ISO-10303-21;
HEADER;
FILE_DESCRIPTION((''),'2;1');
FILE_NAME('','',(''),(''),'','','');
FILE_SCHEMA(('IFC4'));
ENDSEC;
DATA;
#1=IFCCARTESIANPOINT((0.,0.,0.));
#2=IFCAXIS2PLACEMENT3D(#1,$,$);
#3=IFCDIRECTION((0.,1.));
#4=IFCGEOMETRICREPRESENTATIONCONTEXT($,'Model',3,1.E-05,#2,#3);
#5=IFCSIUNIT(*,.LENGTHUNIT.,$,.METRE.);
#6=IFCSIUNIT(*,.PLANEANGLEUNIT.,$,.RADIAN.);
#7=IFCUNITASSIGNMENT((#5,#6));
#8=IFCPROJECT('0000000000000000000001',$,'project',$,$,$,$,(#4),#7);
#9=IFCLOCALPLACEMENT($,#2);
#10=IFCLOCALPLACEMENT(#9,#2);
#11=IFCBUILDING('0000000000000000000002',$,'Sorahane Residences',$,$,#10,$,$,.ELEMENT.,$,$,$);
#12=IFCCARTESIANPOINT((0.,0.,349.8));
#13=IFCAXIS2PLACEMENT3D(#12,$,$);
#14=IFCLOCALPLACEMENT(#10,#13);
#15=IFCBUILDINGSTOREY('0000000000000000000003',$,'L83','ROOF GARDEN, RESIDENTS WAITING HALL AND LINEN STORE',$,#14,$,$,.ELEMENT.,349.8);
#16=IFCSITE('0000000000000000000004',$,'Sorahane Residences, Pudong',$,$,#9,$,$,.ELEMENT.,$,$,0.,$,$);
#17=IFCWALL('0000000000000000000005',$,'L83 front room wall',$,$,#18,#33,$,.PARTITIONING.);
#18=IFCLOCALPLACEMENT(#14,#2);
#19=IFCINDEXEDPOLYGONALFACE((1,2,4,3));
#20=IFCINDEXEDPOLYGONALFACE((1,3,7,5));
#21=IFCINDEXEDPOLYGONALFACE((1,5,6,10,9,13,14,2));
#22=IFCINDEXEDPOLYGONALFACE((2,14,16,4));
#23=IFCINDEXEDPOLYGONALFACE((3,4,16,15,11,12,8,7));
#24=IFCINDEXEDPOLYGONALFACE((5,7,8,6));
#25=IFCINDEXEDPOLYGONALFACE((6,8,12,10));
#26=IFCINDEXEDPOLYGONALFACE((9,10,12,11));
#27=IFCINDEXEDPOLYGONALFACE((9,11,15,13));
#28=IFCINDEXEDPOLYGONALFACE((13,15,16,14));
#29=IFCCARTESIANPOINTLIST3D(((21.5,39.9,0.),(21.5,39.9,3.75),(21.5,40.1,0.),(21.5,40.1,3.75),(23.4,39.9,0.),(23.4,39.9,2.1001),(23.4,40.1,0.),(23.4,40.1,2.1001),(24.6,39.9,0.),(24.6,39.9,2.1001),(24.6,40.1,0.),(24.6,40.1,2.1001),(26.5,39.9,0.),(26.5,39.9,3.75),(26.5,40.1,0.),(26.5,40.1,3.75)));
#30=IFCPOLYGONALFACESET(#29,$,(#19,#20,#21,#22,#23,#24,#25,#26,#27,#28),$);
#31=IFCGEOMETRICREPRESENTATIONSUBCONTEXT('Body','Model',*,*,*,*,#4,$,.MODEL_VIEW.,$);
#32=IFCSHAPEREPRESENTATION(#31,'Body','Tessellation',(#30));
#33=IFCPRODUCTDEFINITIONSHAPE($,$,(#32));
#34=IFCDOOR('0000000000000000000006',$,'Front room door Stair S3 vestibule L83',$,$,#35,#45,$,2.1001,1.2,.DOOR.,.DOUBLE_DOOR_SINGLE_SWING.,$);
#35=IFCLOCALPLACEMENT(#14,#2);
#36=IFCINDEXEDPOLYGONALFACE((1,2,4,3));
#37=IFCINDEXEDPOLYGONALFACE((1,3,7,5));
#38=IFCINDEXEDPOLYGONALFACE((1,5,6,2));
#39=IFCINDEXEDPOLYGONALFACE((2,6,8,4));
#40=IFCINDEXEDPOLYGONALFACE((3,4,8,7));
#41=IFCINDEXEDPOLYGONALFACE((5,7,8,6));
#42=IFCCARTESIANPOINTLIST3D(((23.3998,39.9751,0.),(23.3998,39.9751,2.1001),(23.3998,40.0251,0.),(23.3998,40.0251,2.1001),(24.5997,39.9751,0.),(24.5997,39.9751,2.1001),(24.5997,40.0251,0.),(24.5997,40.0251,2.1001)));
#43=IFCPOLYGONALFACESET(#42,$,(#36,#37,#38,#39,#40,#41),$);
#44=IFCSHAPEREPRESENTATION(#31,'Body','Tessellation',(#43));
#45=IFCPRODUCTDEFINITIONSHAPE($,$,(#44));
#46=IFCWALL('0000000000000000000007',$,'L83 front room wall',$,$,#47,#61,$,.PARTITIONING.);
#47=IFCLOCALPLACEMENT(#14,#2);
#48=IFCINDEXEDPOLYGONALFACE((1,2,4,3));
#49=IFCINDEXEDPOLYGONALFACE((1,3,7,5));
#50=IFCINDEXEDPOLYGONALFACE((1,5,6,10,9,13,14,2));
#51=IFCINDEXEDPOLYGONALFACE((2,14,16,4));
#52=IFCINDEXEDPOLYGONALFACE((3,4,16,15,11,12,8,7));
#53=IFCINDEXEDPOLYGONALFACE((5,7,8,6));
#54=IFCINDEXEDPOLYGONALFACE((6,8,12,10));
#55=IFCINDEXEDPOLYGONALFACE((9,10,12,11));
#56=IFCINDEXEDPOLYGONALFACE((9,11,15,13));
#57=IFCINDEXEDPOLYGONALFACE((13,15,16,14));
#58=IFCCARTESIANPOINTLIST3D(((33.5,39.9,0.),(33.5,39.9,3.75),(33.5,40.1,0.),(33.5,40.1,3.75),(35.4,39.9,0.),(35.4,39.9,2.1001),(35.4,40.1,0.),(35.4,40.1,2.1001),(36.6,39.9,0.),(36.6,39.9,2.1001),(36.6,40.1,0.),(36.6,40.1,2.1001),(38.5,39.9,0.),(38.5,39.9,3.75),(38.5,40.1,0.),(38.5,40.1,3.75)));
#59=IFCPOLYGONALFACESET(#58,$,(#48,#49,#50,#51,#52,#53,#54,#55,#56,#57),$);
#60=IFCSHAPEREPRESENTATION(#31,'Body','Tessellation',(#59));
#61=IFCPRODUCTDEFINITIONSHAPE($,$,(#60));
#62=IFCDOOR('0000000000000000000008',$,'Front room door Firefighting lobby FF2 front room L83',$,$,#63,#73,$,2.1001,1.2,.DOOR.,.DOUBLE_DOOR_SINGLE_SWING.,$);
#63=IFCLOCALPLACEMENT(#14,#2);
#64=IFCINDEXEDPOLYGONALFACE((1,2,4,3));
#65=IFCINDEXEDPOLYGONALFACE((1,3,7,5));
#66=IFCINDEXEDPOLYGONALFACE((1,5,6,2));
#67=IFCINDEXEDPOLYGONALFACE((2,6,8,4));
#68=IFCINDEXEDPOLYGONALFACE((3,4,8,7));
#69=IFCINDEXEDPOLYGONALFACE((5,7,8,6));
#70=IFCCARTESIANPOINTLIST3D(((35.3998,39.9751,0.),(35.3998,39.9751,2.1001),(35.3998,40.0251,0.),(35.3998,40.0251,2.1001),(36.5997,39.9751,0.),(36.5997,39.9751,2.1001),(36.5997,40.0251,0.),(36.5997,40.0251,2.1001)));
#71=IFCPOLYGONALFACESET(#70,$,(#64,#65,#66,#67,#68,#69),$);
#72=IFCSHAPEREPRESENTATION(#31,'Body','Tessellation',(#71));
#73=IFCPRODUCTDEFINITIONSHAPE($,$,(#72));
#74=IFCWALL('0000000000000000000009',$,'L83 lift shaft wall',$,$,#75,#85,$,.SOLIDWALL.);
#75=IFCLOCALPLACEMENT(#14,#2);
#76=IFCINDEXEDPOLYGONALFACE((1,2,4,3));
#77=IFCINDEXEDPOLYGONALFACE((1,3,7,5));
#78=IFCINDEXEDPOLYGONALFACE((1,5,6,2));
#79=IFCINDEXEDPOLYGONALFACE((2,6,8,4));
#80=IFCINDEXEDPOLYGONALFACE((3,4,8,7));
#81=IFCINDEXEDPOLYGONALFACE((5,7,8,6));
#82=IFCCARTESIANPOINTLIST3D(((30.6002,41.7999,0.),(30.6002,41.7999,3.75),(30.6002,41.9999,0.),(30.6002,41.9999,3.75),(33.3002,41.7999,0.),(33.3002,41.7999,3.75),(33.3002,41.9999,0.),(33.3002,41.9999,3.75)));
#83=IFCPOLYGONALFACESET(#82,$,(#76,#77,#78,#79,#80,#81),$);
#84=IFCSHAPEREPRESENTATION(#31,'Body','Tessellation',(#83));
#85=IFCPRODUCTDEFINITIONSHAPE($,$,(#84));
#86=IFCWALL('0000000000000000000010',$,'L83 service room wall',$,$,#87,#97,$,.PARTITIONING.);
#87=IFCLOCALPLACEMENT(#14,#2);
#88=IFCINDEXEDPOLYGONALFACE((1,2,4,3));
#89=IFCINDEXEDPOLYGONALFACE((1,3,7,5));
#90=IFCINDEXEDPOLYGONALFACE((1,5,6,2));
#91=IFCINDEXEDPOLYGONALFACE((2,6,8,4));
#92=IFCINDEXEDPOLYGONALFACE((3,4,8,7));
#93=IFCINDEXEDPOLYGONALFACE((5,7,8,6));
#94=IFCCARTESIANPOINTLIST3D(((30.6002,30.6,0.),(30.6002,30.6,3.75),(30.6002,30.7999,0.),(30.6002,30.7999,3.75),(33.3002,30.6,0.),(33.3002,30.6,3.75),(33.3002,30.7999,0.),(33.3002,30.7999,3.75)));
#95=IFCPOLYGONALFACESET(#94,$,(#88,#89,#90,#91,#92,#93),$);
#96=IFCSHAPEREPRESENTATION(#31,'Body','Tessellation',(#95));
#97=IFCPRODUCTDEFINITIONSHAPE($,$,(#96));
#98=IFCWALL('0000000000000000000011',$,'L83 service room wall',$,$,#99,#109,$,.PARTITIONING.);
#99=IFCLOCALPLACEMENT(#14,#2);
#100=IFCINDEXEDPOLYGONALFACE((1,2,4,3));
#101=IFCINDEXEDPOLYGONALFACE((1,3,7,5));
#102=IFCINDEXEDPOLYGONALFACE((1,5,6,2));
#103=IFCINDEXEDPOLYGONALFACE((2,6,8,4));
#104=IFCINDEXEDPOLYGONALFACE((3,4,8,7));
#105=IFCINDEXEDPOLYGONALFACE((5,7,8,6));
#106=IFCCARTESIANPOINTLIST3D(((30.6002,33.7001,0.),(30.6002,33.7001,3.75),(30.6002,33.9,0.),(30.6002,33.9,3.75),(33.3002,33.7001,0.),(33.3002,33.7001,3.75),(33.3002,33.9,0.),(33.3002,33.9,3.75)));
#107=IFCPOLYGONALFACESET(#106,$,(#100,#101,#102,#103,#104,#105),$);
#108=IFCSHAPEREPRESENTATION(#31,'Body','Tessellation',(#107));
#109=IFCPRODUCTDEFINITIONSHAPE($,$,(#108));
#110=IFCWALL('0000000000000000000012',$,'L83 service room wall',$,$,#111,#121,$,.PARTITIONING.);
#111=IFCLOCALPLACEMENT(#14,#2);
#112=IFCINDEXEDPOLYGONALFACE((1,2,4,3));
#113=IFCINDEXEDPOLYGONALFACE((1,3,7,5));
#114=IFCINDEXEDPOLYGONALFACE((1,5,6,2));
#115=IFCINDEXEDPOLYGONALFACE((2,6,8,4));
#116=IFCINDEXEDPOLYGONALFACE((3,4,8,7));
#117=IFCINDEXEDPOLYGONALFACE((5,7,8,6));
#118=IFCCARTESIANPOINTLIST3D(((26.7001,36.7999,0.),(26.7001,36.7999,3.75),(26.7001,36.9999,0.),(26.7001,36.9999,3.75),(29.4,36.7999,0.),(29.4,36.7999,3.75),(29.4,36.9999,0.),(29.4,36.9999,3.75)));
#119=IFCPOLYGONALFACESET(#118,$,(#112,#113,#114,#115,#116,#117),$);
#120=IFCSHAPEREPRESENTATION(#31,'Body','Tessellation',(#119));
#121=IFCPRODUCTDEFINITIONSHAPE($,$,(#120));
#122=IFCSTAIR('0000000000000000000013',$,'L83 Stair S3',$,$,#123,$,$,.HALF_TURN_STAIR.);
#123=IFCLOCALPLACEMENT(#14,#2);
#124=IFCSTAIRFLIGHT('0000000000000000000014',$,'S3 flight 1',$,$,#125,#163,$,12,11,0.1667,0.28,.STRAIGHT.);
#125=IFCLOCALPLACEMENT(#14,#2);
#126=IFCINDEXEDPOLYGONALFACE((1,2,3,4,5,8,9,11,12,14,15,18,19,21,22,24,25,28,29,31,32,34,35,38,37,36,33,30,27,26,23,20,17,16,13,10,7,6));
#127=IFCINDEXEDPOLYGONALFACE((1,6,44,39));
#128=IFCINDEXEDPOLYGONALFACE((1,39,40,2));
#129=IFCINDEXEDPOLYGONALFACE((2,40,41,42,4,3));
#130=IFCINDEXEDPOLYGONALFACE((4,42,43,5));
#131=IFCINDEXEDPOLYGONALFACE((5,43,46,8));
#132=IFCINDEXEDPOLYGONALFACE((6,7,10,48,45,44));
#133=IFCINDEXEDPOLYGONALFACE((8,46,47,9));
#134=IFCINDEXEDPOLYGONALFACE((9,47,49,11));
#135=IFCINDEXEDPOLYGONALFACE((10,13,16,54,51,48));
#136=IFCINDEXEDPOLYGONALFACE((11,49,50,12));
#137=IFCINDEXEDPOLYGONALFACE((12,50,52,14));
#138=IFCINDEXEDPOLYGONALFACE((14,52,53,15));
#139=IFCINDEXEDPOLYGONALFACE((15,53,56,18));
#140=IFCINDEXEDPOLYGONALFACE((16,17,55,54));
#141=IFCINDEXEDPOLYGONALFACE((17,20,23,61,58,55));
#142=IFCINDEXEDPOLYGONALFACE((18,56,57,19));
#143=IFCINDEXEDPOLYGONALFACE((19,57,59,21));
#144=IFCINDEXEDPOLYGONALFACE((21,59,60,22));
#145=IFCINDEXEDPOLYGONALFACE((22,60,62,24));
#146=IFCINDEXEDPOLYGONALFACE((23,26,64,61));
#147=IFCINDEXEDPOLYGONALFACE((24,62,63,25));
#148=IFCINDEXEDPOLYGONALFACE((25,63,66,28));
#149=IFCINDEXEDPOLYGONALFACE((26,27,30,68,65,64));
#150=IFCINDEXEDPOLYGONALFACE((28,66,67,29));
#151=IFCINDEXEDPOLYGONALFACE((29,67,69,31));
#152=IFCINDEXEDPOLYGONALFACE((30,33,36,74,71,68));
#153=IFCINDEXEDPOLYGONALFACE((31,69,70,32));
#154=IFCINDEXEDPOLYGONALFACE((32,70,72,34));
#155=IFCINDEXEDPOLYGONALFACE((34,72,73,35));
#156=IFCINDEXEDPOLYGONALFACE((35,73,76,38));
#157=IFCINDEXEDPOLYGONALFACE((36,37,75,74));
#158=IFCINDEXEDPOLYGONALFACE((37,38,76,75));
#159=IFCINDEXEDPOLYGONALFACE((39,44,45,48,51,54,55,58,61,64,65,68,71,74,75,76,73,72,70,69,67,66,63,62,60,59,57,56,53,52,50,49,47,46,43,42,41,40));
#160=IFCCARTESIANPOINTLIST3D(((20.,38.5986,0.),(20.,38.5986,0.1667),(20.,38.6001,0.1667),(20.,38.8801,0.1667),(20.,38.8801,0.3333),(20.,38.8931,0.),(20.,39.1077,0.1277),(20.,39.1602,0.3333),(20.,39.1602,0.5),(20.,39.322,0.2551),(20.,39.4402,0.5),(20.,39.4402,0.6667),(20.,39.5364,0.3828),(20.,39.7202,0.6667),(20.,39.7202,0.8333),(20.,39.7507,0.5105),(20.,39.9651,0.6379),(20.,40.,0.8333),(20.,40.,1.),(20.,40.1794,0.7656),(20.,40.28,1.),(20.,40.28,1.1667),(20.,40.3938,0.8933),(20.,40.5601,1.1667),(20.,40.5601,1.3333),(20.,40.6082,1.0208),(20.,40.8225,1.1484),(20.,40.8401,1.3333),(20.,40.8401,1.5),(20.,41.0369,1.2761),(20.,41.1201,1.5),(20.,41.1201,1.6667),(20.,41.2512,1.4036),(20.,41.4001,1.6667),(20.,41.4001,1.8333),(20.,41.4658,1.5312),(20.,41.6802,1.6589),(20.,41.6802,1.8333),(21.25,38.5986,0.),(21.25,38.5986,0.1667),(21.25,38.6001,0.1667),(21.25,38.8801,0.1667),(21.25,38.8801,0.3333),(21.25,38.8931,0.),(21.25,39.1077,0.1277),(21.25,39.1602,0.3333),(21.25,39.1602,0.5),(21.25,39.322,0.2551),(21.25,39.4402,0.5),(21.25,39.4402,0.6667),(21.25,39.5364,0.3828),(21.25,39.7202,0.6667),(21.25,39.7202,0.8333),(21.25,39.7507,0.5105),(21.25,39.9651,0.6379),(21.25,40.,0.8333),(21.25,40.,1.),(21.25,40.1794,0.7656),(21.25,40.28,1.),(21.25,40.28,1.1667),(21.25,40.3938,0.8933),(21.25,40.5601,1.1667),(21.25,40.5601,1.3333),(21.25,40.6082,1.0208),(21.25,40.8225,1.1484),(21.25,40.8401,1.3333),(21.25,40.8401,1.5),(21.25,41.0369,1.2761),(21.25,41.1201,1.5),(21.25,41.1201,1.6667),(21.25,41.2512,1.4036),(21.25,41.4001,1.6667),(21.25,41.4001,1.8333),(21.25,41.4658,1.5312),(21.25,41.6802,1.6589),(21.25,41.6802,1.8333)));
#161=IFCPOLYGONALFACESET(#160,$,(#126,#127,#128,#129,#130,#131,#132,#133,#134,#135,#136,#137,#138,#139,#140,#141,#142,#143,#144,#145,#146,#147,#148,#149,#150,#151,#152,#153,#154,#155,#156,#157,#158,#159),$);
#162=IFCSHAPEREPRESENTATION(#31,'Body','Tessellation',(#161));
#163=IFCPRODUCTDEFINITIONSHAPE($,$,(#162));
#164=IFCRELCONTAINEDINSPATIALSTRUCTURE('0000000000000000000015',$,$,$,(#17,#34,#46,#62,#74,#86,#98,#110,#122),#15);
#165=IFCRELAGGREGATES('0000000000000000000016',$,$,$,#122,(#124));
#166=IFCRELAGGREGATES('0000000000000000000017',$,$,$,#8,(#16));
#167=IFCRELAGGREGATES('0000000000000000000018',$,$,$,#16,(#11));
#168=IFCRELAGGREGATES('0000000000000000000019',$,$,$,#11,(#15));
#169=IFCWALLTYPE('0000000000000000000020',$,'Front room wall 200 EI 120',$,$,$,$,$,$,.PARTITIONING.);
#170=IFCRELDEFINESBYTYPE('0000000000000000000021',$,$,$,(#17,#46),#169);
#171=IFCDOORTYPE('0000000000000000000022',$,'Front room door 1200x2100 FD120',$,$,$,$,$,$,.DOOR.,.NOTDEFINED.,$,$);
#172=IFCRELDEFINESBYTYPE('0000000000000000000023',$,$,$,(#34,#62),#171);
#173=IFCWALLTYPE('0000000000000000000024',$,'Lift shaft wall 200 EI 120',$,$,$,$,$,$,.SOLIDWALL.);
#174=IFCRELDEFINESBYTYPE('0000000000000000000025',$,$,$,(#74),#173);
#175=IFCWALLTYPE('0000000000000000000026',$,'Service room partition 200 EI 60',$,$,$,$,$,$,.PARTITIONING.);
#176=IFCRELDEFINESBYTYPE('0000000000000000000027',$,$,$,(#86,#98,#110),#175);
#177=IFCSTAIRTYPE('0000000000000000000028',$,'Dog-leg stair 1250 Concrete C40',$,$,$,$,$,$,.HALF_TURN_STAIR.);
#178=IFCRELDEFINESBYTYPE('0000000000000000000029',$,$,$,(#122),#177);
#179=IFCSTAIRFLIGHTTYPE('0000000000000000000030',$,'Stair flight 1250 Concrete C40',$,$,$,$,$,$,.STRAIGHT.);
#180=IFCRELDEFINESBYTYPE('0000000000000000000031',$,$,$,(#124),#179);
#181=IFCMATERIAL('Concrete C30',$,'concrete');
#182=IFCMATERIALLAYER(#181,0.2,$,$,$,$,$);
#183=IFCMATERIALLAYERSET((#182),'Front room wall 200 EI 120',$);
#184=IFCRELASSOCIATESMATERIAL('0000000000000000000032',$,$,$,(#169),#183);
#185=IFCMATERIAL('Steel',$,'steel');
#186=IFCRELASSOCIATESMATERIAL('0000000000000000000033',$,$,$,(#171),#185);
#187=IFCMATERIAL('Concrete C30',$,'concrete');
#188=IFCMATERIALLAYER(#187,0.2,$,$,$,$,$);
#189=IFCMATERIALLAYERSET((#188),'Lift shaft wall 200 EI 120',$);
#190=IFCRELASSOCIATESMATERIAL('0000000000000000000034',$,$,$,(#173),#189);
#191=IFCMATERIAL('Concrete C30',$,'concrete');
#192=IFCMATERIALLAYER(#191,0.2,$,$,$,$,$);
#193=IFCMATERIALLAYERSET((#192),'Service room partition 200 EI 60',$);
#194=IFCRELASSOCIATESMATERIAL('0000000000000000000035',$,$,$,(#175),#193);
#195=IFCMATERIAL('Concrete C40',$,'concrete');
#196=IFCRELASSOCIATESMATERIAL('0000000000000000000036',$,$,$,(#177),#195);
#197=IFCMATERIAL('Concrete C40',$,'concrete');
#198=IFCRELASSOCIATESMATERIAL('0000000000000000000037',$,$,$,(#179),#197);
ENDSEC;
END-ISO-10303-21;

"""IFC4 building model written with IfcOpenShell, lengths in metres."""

from ifc_helpers import new_model, si_unit, direction, frame, frame_2d, origin, place, context, subcontext, project, spatial, polyline, rectangle, outline, extrude, material, layer, layer_set, type_object, element, fill, aggregate, save


model = new_model("IFC4")

# Units and contexts
model_context = context("Model", 3, precision=1e-05, world=origin(), true_north=direction((0.0, 1.0)))
body_context = subcontext(model_context, "Body", "Model", "MODEL_VIEW")
ifc_project = project(units=[si_unit("LENGTHUNIT", "METRE"), si_unit("PLANEANGLEUNIT", "RADIAN")], contexts=[model_context])

# Site, building, storey
site_placement = place(None, origin())
site = spatial("IfcSite", under=ifc_project, at=site_placement, Name="Sorahane Residences, Pudong", CompositionType="ELEMENT", RefElevation=0.0)
building_placement = place(site_placement, origin())
building = spatial("IfcBuilding", under=site, at=building_placement, Name="Sorahane Residences", CompositionType="ELEMENT")
storey_placement = place(building_placement, frame((0.0, 0.0, 349.8)))
storey = spatial("IfcBuildingStorey", under=building, at=storey_placement, Name="L83", Description="ROOF GARDEN, RESIDENTS WAITING HALL AND LINEN STORE", CompositionType="ELEMENT", Elevation=349.8)

# Walls, openings, doors
ifc_material_1 = material(Name="Concrete C30", Category="concrete")
ifc_layer_1 = layer(ifc_material_1, 0.2)
ifc_layer_set_1 = layer_set([ifc_layer_1], Name="Front room wall 200 EI 120")
wall_type_1 = type_object("IfcWallType", Name="Front room wall 200 EI 120", PredefinedType="PARTITIONING", material=ifc_layer_set_1)
wall_1_placement = place(storey_placement, frame((21.5, 40.0, 0.0), z_axis=(0.0, 0.0, 1.0), x_axis=(1.0, 0.0, 0.0)))
wall_1 = element("IfcWall", 1, at=wall_1_placement, inside=storey, type_object=wall_type_1, Name="L83 front room wall", PredefinedType="PARTITIONING", context=body_context, shape_type="SweptSolid", body=[
    extrude(rectangle(XDim=5.0, YDim=0.2, at=frame_2d((2.5, 0.0))), origin(), (0.0, 0.0, 1.0), 3.75),
])
opening_1_placement = place(wall_1_placement, frame((1.8999, 0.0, 0.0)))
opening_1 = element("IfcOpeningElement", 2, at=opening_1_placement, cuts=wall_1, PredefinedType="OPENING", context=body_context, shape_type="SweptSolid", body=[
    extrude(rectangle(XDim=1.2, YDim=2.1001, at=frame_2d((0.6001, 1.05))), frame((0.0, 0.1099, 0.0), z_axis=(0.0, -1.0, 0.0), x_axis=(1.0, 0.0, 0.0)), (0.0, 0.0, 1.0), 0.22),
])
ifc_material_2 = material(Name="Steel", Category="steel")
door_type = type_object("IfcDoorType", Name="Front room door 1200x2100 FD120", OperationType="NOTDEFINED", PredefinedType="DOOR", material=ifc_material_2)
door_1_placement = place(opening_1_placement, frame((1.2, 0.0, 0.0), z_axis=(0.0, 0.0, 1.0), x_axis=(-1.0, 0.0, 0.0)))
door_1 = element("IfcDoor", 3, at=door_1_placement, inside=storey, type_object=door_type, Name="Front room door Stair S3 vestibule L83", OperationType="DOUBLE_DOOR_SINGLE_SWING", OverallHeight=2.1001, OverallWidth=1.2, PredefinedType="DOOR", context=body_context, shape_type="SweptSolid", body=[
    extrude(rectangle(XDim=1.2, YDim=2.1001, at=frame_2d((0.6001, 1.05))), frame((0.0, 0.0249, 0.0), z_axis=(0.0, -1.0, 0.0), x_axis=(1.0, 0.0, 0.0)), (0.0, 0.0, 1.0), 0.05),
])
fill(opening_1, door_1)
wall_2_placement = place(storey_placement, frame((33.5, 40.0, 0.0), z_axis=(0.0, 0.0, 1.0), x_axis=(1.0, 0.0, 0.0)))
wall_2 = element("IfcWall", 4, at=wall_2_placement, inside=storey, type_object=wall_type_1, Name="L83 front room wall", PredefinedType="PARTITIONING", context=body_context, shape_type="SweptSolid", body=[
    extrude(rectangle(XDim=5.0, YDim=0.2, at=frame_2d((2.5, 0.0))), origin(), (0.0, 0.0, 1.0), 3.75),
])
opening_2_placement = place(wall_2_placement, frame((1.8999, 0.0, 0.0)))
opening_2 = element("IfcOpeningElement", 5, at=opening_2_placement, cuts=wall_2, PredefinedType="OPENING", context=body_context, shape_type="SweptSolid", body=[
    extrude(rectangle(XDim=1.2, YDim=2.1001, at=frame_2d((0.6001, 1.05))), frame((0.0, 0.1099, 0.0), z_axis=(0.0, -1.0, 0.0), x_axis=(1.0, 0.0, 0.0)), (0.0, 0.0, 1.0), 0.22),
])
door_2_placement = place(opening_2_placement, frame((1.2, 0.0, 0.0), z_axis=(0.0, 0.0, 1.0), x_axis=(-1.0, 0.0, 0.0)))
door_2 = element("IfcDoor", 6, at=door_2_placement, inside=storey, type_object=door_type, Name="Front room door Firefighting lobby FF2 front room L83", OperationType="DOUBLE_DOOR_SINGLE_SWING", OverallHeight=2.1001, OverallWidth=1.2, PredefinedType="DOOR", context=body_context, shape_type="SweptSolid", body=[
    extrude(rectangle(XDim=1.2, YDim=2.1001, at=frame_2d((0.6001, 1.05))), frame((0.0, 0.0249, 0.0), z_axis=(0.0, -1.0, 0.0), x_axis=(1.0, 0.0, 0.0)), (0.0, 0.0, 1.0), 0.05),
])
fill(opening_2, door_2)

# Walls
ifc_material_3 = material(Name="Concrete C30", Category="concrete")
ifc_layer_2 = layer(ifc_material_3, 0.2)
ifc_layer_set_2 = layer_set([ifc_layer_2], Name="Lift shaft wall 200 EI 120")
wall_type_2 = type_object("IfcWallType", Name="Lift shaft wall 200 EI 120", PredefinedType="SOLIDWALL", material=ifc_layer_set_2)
wall_3_placement = place(storey_placement, frame((30.6001, 41.8999, 0.0), z_axis=(0.0, 0.0, 1.0), x_axis=(1.0, 0.0, 0.0)))
element("IfcWall", 7, at=wall_3_placement, inside=storey, type_object=wall_type_2, Name="L83 lift shaft wall", PredefinedType="SOLIDWALL", context=body_context, shape_type="SweptSolid", body=[
    extrude(rectangle(XDim=2.7, YDim=0.2, at=frame_2d((1.3501, 0.0))), origin(), (0.0, 0.0, 1.0), 3.75),
])
ifc_material_4 = material(Name="Concrete C30", Category="concrete")
ifc_layer_3 = layer(ifc_material_4, 0.2)
ifc_layer_set_3 = layer_set([ifc_layer_3], Name="Service room partition 200 EI 60")
wall_type_3 = type_object("IfcWallType", Name="Service room partition 200 EI 60", PredefinedType="PARTITIONING", material=ifc_layer_set_3)
for number, where, z_axis, x_axis, name in (
    (8, (30.6001, 30.7, 0.0), (0.0, 0.0, 1.0), (1.0, 0.0, 0.0), "L83 service room wall"),
    (9, (30.6001, 33.8, 0.0), (0.0, 0.0, 1.0), (1.0, 0.0, 0.0), "L83 service room wall"),
    (10, (26.7, 36.8999, 0.0), (0.0, 0.0, 1.0), (1.0, 0.0, 0.0), "L83 service room wall"),
):
    element("IfcWall", number, at=place(storey_placement, frame(where, z_axis=z_axis, x_axis=x_axis)), inside=storey, type_object=wall_type_3, Name=name, PredefinedType="PARTITIONING", context=body_context, shape_type="SweptSolid", body=[
        extrude(rectangle(XDim=2.7, YDim=0.2, at=frame_2d((1.3501, 0.0))), origin(), (0.0, 0.0, 1.0), 3.75),
    ])

# Stair, stair flight
ifc_material_5 = material(Name="Concrete C40", Category="concrete")
stair_type = type_object("IfcStairType", Name="Dog-leg stair 1250 Concrete C40", PredefinedType="HALF_TURN_STAIR", material=ifc_material_5)
stair_placement = place(storey_placement, origin())
stair = element("IfcStair", 11, at=stair_placement, inside=storey, type_object=stair_type, Name="L83 Stair S3", PredefinedType="HALF_TURN_STAIR")
ifc_material_6 = material(Name="Concrete C40", Category="concrete")
stair_flight_type = type_object("IfcStairFlightType", Name="Stair flight 1250 Concrete C40", PredefinedType="STRAIGHT", material=ifc_material_6)
stair_flight_placement = place(storey_placement, frame((20.625, 38.6001, 0.0), z_axis=(0.0, 0.0, 1.0), x_axis=(0.0, 1.0, 0.0)))
stair_flight = element("IfcStairFlight", 12, at=stair_flight_placement, type_object=stair_flight_type, Name="S3 flight 1", NumberOfRisers=12, NumberOfTreads=11, PredefinedType="STRAIGHT", RiserHeight=0.1667, TreadLength=0.28, context=body_context, shape_type="SweptSolid", body=[
    extrude(outline(polyline([(-0.0015, 0.0), (-0.0015, 0.1667), (0.0, 0.1667), (0.28, 0.1667), (0.28, 0.3333), (0.5601, 0.3333), (0.5601, 0.5), (0.8401, 0.5), (0.8401, 0.6667), (1.1201, 0.6667), (1.1201, 0.8333), (1.3999, 0.8333), (1.3999, 1.0), (1.6799, 1.0), (1.6799, 1.1667), (1.96, 1.1667), (1.96, 1.3333), (2.24, 1.3333), (2.24, 1.5), (2.52, 1.5), (2.52, 1.6667), (2.8, 1.6667), (2.8, 1.8333), (3.0801, 1.8333), (3.0801, 2.0), (3.0801, 1.6589), (2.8657, 1.5312), (2.6511, 1.4036), (2.4368, 1.2761), (2.2224, 1.1484), (2.0081, 1.0208), (1.7937, 0.8933), (1.5793, 0.7656), (1.365, 0.6379), (1.1506, 0.5105), (0.9363, 0.3828), (0.7219, 0.2551), (0.5076, 0.1277), (0.293, 0.0), (-0.0015, 0.0)])), frame((0.0, 0.625, 0.0), z_axis=(0.0, -1.0, 0.0), x_axis=(1.0, 0.0, 0.0)), (0.0, 0.0, 1.0), 1.25),
])
aggregate(stair, [stair_flight])

save(model, "model.ifc")
